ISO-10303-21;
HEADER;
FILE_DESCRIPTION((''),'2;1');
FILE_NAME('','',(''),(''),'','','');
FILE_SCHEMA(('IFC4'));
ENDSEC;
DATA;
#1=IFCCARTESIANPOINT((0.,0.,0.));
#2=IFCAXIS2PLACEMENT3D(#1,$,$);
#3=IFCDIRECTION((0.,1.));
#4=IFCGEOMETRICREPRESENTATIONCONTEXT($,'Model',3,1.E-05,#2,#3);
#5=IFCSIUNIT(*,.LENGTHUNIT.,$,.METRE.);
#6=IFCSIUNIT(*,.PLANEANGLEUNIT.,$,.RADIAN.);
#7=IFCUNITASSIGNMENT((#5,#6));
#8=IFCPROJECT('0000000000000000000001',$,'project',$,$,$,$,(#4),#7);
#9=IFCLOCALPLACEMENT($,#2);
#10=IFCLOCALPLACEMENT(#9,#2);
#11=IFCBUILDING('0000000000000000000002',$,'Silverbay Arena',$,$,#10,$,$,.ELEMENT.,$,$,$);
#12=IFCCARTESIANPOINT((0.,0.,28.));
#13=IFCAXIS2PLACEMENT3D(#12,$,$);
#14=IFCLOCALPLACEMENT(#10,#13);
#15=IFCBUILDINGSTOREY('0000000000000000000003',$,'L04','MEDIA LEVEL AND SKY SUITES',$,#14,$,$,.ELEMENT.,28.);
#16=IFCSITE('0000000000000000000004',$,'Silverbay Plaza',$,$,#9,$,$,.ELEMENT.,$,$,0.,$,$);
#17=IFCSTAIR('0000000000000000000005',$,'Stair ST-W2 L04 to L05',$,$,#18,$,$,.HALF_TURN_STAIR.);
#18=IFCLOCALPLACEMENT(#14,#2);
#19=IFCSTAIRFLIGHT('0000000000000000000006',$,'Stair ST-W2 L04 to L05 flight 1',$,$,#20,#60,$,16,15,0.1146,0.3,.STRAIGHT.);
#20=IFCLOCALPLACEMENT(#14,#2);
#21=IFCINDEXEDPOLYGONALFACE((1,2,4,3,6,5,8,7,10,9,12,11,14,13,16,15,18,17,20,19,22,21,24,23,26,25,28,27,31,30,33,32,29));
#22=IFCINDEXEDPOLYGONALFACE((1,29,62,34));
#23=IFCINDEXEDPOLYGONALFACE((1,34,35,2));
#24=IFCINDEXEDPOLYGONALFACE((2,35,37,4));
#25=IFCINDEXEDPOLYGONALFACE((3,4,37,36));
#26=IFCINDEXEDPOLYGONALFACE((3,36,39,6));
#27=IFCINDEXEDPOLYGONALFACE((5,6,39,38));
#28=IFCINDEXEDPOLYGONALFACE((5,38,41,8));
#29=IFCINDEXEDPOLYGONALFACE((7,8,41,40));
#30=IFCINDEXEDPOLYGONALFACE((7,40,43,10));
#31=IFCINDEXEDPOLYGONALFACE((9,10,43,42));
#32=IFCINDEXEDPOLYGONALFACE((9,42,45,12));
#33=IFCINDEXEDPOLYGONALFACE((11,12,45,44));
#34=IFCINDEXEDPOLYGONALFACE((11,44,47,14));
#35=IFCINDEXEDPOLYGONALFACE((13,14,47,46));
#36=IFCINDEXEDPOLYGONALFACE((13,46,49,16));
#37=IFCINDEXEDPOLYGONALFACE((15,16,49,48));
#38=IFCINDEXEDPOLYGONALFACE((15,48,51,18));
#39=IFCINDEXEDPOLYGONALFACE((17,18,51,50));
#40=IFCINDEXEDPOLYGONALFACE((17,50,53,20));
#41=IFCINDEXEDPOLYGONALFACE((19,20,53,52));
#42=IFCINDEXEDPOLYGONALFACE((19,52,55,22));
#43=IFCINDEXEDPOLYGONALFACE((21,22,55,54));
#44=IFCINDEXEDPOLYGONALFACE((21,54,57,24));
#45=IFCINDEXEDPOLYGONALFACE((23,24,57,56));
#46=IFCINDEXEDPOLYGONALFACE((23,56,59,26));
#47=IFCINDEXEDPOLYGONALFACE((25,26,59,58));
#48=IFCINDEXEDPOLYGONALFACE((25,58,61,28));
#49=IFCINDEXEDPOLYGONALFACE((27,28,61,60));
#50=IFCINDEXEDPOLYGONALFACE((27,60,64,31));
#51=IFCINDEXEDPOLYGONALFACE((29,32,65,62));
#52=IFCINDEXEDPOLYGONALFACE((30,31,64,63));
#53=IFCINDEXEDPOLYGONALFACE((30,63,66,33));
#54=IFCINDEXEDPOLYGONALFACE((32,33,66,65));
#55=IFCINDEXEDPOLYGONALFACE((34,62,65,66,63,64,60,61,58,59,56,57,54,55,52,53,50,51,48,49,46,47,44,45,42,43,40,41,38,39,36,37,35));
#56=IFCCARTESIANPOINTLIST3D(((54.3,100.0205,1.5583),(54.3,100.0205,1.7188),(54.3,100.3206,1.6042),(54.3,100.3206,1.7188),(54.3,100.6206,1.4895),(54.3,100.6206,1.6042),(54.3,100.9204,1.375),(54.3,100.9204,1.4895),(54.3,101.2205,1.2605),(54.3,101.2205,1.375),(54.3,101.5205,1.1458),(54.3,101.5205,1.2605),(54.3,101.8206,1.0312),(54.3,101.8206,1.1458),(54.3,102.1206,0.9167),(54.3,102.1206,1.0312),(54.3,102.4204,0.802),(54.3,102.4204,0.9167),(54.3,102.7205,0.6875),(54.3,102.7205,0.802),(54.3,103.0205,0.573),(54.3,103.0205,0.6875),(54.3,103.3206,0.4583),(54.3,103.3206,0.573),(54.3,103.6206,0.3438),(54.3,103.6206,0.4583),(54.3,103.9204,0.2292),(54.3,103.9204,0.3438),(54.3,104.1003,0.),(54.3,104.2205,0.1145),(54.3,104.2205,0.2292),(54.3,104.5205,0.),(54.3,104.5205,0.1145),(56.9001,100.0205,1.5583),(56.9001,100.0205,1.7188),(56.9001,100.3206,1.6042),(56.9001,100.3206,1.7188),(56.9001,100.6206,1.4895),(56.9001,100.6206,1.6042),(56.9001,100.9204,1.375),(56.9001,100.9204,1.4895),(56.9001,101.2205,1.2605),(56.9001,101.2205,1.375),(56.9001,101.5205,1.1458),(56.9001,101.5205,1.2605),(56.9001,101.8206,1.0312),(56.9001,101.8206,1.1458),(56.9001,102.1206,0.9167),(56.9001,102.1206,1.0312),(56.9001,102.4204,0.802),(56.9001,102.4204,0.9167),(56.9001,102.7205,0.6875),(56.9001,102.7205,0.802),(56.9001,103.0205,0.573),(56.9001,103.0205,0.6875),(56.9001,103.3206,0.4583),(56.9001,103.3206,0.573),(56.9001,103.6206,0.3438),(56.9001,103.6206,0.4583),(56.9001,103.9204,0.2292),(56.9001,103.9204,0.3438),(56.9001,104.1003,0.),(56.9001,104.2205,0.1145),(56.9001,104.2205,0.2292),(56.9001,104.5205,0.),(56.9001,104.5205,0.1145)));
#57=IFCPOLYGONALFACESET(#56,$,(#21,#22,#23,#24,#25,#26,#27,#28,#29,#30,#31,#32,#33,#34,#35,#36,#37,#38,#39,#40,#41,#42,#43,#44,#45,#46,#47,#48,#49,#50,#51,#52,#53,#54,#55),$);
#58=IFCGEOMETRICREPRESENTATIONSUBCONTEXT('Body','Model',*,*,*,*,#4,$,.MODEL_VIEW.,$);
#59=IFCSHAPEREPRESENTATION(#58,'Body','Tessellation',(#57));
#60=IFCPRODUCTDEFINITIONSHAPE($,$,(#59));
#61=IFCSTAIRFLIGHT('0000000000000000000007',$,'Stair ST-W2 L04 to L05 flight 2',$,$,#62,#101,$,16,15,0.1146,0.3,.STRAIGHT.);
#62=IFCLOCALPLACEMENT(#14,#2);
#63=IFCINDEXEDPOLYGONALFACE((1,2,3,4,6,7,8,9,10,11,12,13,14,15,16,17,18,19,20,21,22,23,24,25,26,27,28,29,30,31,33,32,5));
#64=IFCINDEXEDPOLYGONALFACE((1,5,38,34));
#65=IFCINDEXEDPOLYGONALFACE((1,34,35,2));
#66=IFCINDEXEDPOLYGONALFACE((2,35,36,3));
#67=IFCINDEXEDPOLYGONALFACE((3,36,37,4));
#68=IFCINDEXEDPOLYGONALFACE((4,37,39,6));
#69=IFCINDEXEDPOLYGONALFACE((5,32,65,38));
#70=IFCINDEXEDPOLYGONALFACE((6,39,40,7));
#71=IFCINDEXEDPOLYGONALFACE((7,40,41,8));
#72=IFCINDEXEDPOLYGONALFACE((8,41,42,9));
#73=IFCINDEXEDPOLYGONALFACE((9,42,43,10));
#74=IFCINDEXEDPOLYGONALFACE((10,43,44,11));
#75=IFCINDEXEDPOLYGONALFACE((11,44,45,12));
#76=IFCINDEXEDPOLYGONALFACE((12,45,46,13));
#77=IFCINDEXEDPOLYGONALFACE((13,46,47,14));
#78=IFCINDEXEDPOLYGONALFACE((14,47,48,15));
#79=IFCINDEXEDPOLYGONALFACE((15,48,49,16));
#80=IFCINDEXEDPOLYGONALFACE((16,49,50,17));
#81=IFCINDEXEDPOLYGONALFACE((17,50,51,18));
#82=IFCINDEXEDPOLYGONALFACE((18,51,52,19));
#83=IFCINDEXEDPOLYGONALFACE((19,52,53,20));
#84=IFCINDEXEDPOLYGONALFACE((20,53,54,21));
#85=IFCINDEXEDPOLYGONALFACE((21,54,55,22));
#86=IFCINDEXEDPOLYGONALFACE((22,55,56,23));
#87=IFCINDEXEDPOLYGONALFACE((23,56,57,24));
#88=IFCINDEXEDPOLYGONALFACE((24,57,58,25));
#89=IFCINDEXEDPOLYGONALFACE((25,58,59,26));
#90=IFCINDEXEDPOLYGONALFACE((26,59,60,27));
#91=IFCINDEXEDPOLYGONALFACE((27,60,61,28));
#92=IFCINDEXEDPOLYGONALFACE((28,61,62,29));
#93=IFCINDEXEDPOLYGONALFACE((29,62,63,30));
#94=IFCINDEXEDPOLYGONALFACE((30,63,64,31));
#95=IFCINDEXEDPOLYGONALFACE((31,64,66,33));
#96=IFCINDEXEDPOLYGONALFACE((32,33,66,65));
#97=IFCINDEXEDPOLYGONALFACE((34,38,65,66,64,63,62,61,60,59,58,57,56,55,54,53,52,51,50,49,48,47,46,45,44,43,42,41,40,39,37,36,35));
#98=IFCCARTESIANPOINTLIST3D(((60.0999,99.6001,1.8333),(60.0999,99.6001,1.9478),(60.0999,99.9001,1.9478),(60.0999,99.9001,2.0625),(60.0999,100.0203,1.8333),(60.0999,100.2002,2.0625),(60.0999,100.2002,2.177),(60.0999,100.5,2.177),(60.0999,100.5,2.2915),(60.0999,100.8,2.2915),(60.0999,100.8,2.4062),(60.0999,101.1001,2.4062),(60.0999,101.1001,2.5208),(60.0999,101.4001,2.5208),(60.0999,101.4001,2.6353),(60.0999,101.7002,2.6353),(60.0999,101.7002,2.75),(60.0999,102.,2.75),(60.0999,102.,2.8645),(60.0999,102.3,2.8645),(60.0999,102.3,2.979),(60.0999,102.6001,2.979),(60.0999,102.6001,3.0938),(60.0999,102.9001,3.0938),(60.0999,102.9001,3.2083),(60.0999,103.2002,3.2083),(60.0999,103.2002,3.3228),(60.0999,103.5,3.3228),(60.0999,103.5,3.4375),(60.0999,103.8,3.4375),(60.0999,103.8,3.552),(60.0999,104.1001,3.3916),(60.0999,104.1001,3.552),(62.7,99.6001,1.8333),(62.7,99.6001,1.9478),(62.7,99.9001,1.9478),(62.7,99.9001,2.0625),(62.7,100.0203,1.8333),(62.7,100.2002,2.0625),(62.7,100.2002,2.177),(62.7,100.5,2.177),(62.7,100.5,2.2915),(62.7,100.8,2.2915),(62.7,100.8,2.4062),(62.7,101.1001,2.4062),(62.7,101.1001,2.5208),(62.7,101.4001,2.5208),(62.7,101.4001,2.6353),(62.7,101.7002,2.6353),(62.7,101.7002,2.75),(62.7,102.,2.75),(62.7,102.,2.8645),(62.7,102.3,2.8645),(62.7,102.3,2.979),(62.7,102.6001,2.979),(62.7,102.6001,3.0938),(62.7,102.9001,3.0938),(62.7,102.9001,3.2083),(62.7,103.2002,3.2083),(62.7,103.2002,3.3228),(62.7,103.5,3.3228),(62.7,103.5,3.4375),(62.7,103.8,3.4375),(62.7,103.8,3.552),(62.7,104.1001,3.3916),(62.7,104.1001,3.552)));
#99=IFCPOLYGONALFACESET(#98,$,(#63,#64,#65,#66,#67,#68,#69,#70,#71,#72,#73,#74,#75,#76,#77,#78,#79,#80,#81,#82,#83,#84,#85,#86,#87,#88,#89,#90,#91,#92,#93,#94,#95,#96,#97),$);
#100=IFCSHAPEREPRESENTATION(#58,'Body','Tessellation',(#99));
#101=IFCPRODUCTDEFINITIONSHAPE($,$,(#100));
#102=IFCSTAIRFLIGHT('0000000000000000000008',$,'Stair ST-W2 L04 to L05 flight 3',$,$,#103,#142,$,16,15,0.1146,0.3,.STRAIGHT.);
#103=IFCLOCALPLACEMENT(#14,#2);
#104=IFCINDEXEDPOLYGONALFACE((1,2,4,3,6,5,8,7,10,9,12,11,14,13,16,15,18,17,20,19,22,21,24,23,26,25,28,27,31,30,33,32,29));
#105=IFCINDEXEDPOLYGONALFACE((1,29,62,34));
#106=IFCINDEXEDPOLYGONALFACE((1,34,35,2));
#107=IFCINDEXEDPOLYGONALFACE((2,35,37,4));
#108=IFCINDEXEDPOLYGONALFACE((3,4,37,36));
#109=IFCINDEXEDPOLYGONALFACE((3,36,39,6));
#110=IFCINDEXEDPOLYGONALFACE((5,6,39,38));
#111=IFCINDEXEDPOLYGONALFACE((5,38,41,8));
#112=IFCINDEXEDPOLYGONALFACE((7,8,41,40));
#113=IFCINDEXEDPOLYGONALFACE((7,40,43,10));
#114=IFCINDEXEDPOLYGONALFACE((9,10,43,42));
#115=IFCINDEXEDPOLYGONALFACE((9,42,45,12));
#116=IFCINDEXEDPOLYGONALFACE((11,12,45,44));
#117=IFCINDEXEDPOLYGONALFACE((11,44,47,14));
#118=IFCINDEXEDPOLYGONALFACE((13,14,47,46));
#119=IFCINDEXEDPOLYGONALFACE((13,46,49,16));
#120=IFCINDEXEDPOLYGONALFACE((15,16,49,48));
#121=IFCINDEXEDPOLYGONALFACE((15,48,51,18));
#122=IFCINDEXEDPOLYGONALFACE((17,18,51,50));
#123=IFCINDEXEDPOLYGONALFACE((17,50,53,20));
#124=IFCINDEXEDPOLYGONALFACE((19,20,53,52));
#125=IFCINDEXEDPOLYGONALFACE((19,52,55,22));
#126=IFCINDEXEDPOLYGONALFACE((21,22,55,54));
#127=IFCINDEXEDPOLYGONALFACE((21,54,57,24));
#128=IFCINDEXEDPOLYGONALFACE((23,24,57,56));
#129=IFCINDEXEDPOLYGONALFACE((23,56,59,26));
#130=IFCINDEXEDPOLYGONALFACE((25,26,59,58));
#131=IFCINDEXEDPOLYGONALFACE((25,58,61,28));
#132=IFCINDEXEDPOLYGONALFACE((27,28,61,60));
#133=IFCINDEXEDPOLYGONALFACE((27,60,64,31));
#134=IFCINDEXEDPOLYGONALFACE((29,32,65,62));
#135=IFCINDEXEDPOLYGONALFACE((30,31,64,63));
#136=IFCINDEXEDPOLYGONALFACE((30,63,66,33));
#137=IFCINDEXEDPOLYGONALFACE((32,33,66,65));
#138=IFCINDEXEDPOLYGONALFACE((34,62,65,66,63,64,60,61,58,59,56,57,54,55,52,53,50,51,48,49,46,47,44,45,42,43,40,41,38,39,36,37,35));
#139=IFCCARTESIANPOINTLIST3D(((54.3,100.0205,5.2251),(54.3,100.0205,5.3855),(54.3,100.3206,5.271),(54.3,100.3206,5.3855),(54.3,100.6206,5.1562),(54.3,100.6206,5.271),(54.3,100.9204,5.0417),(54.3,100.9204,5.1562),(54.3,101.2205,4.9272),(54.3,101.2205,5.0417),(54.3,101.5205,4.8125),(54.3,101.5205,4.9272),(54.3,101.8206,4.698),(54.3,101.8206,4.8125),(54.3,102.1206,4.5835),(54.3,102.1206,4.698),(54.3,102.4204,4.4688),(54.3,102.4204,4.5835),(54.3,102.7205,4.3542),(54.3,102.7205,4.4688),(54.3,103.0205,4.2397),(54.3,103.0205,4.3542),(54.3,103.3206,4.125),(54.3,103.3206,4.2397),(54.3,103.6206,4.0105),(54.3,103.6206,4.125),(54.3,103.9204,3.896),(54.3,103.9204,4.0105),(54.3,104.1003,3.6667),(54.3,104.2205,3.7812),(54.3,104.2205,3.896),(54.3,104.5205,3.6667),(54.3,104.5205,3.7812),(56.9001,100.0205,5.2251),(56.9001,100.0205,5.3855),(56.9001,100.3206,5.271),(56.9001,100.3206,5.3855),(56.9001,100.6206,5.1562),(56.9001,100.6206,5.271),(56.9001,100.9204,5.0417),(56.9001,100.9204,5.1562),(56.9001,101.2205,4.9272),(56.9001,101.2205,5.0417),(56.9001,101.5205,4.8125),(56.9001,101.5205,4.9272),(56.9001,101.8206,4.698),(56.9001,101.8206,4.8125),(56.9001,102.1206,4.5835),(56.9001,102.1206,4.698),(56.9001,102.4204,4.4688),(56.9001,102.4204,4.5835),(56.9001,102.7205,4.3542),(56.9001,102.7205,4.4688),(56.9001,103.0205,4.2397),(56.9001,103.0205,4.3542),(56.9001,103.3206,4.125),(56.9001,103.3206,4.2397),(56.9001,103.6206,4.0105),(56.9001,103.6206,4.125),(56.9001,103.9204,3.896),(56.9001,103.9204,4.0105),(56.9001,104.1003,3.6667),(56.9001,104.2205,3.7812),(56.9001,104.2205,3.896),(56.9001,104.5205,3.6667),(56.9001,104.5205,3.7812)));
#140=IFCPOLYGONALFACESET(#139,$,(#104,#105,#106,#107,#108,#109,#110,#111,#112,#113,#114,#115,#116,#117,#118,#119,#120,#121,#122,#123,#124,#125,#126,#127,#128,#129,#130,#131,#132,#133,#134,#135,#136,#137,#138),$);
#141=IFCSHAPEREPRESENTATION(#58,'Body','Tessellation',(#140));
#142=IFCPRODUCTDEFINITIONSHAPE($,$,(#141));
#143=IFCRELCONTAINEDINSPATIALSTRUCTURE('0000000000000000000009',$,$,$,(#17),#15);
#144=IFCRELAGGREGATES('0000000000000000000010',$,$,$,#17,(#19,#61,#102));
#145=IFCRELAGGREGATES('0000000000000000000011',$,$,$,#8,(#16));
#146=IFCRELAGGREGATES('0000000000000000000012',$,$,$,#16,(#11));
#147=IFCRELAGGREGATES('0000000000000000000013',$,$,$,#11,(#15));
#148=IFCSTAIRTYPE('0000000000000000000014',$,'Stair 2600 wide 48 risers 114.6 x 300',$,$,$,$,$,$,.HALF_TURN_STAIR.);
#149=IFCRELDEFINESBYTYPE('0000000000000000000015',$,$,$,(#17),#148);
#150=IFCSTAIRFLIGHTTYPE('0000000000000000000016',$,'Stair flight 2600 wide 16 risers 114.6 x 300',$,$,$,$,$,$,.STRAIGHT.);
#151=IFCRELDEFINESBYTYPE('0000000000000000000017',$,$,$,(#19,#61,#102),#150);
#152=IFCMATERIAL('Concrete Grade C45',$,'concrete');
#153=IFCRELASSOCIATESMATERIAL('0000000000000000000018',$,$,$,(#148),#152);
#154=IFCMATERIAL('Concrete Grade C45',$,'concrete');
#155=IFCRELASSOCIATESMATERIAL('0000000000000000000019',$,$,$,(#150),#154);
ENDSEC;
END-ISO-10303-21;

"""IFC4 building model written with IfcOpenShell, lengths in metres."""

from ifc_helpers import new_model, si_unit, direction, frame, origin, place, context, subcontext, project, spatial, polyline, outline, extrude, material, type_object, element, aggregate, save


model = new_model("IFC4")

# Units and contexts
model_context = context("Model", 3, precision=1e-05, world=origin(), true_north=direction((0.0, 1.0)))
body_context = subcontext(model_context, "Body", "Model", "MODEL_VIEW")
ifc_project = project(units=[si_unit("LENGTHUNIT", "METRE"), si_unit("PLANEANGLEUNIT", "RADIAN")], contexts=[model_context])

# Site, building, storey
site_placement = place(None, origin())
site = spatial("IfcSite", under=ifc_project, at=site_placement, Name="Silverbay Plaza", CompositionType="ELEMENT", RefElevation=0.0)
building_placement = place(site_placement, origin())
building = spatial("IfcBuilding", under=site, at=building_placement, Name="Silverbay Arena", CompositionType="ELEMENT")
storey_placement = place(building_placement, frame((0.0, 0.0, 28.0)))
storey = spatial("IfcBuildingStorey", under=building, at=storey_placement, Name="L04", Description="MEDIA LEVEL AND SKY SUITES", CompositionType="ELEMENT", Elevation=28.0)

# Stair, stair flights
ifc_material_1 = material(Name="Concrete Grade C45", Category="concrete")
stair_type = type_object("IfcStairType", Name="Stair 2600 wide 48 risers 114.6 x 300", PredefinedType="HALF_TURN_STAIR", material=ifc_material_1)
stair_placement = place(storey_placement, origin())
stair = element("IfcStair", 1, at=stair_placement, inside=storey, type_object=stair_type, Name="Stair ST-W2 L04 to L05", PredefinedType="HALF_TURN_STAIR")
ifc_material_2 = material(Name="Concrete Grade C45", Category="concrete")
stair_flight_type = type_object("IfcStairFlightType", Name="Stair flight 2600 wide 16 risers 114.6 x 300", PredefinedType="STRAIGHT", material=ifc_material_2)
stair_flight_1_placement = place(storey_placement, frame((55.6001, 104.5205, 0.0), z_axis=(0.0, 0.0, 1.0), x_axis=(0.0, -1.0, 0.0)))
stair_flight_1 = element("IfcStairFlight", 2, at=stair_flight_1_placement, type_object=stair_flight_type, Name="Stair ST-W2 L04 to L05 flight 1", NumberOfRisers=16, NumberOfTreads=15, PredefinedType="STRAIGHT", RiserHeight=0.1146, TreadLength=0.3, context=body_context, shape_type="SweptSolid", body=[
    extrude(outline(polyline([(0.0, 0.0), (0.0, 0.1145), (0.3, 0.1145), (0.3, 0.2292), (0.6001, 0.2292), (0.6001, 0.3438), (0.8999, 0.3438), (0.8999, 0.4583), (1.2, 0.4583), (1.2, 0.573), (1.5, 0.573), (1.5, 0.6875), (1.8, 0.6875), (1.8, 0.802), (2.1001, 0.802), (2.1001, 0.9167), (2.3999, 0.9167), (2.3999, 1.0312), (2.7, 1.0312), (2.7, 1.1458), (3.0, 1.1458), (3.0, 1.2605), (3.3, 1.2605), (3.3, 1.375), (3.6001, 1.375), (3.6001, 1.4895), (3.8999, 1.4895), (3.8999, 1.6042), (4.2, 1.6042), (4.2, 1.7188), (4.5, 1.7188), (4.5, 1.5583), (0.4202, 0.0), (0.0, 0.0)])), frame((0.0, 1.3, 0.0), z_axis=(0.0, -1.0, 0.0), x_axis=(1.0, 0.0, 0.0)), (0.0, 0.0, 1.0), 2.6001),
])
stair_flight_2_placement = place(storey_placement, frame((61.3999, 99.6001, 1.8333), z_axis=(0.0, 0.0, 1.0), x_axis=(0.0, 1.0, 0.0)))
stair_flight_2 = element("IfcStairFlight", 3, at=stair_flight_2_placement, type_object=stair_flight_type, Name="Stair ST-W2 L04 to L05 flight 2", NumberOfRisers=16, NumberOfTreads=15, PredefinedType="STRAIGHT", RiserHeight=0.1146, TreadLength=0.3, context=body_context, shape_type="SweptSolid", body=[
    extrude(outline(polyline([(0.0, 0.0), (0.0, 0.1145), (0.3, 0.1145), (0.3, 0.2292), (0.6001, 0.2292), (0.6001, 0.3438), (0.8999, 0.3438), (0.8999, 0.4583), (1.2, 0.4583), (1.2, 0.573), (1.5, 0.573), (1.5, 0.6875), (1.8, 0.6875), (1.8, 0.802), (2.1001, 0.802), (2.1001, 0.9167), (2.3999, 0.9167), (2.3999, 1.0312), (2.7, 1.0312), (2.7, 1.1458), (3.0, 1.1458), (3.0, 1.2605), (3.3, 1.2605), (3.3, 1.375), (3.6001, 1.375), (3.6001, 1.4895), (3.8999, 1.4895), (3.8999, 1.6042), (4.2, 1.6042), (4.2, 1.7188), (4.5, 1.7188), (4.5, 1.5583), (0.4202, 0.0), (0.0, 0.0)])), frame((0.0, 1.3, 0.0), z_axis=(0.0, -1.0, 0.0), x_axis=(1.0, 0.0, 0.0)), (0.0, 0.0, 1.0), 2.6001),
])
stair_flight_3_placement = place(storey_placement, frame((55.6001, 104.5205, 3.6667), z_axis=(0.0, 0.0, 1.0), x_axis=(0.0, -1.0, 0.0)))
stair_flight_3 = element("IfcStairFlight", 4, at=stair_flight_3_placement, type_object=stair_flight_type, Name="Stair ST-W2 L04 to L05 flight 3", NumberOfRisers=16, NumberOfTreads=15, PredefinedType="STRAIGHT", RiserHeight=0.1146, TreadLength=0.3, context=body_context, shape_type="SweptSolid", body=[
    extrude(outline(polyline([(0.0, 0.0), (0.0, 0.1145), (0.3, 0.1145), (0.3, 0.2292), (0.6001, 0.2292), (0.6001, 0.3438), (0.8999, 0.3438), (0.8999, 0.4583), (1.2, 0.4583), (1.2, 0.573), (1.5, 0.573), (1.5, 0.6875), (1.8, 0.6875), (1.8, 0.802), (2.1001, 0.802), (2.1001, 0.9167), (2.3999, 0.9167), (2.3999, 1.0312), (2.7, 1.0312), (2.7, 1.1458), (3.0, 1.1458), (3.0, 1.2605), (3.3, 1.2605), (3.3, 1.375), (3.6001, 1.375), (3.6001, 1.4895), (3.8999, 1.4895), (3.8999, 1.6042), (4.2, 1.6042), (4.2, 1.7188), (4.5, 1.7188), (4.5, 1.5583), (0.4202, 0.0), (0.0, 0.0)])), frame((0.0, 1.3, 0.0), z_axis=(0.0, -1.0, 0.0), x_axis=(1.0, 0.0, 0.0)), (0.0, 0.0, 1.0), 2.6001),
])
aggregate(stair, [stair_flight_1, stair_flight_2, stair_flight_3])

save(model, "model.ifc")
